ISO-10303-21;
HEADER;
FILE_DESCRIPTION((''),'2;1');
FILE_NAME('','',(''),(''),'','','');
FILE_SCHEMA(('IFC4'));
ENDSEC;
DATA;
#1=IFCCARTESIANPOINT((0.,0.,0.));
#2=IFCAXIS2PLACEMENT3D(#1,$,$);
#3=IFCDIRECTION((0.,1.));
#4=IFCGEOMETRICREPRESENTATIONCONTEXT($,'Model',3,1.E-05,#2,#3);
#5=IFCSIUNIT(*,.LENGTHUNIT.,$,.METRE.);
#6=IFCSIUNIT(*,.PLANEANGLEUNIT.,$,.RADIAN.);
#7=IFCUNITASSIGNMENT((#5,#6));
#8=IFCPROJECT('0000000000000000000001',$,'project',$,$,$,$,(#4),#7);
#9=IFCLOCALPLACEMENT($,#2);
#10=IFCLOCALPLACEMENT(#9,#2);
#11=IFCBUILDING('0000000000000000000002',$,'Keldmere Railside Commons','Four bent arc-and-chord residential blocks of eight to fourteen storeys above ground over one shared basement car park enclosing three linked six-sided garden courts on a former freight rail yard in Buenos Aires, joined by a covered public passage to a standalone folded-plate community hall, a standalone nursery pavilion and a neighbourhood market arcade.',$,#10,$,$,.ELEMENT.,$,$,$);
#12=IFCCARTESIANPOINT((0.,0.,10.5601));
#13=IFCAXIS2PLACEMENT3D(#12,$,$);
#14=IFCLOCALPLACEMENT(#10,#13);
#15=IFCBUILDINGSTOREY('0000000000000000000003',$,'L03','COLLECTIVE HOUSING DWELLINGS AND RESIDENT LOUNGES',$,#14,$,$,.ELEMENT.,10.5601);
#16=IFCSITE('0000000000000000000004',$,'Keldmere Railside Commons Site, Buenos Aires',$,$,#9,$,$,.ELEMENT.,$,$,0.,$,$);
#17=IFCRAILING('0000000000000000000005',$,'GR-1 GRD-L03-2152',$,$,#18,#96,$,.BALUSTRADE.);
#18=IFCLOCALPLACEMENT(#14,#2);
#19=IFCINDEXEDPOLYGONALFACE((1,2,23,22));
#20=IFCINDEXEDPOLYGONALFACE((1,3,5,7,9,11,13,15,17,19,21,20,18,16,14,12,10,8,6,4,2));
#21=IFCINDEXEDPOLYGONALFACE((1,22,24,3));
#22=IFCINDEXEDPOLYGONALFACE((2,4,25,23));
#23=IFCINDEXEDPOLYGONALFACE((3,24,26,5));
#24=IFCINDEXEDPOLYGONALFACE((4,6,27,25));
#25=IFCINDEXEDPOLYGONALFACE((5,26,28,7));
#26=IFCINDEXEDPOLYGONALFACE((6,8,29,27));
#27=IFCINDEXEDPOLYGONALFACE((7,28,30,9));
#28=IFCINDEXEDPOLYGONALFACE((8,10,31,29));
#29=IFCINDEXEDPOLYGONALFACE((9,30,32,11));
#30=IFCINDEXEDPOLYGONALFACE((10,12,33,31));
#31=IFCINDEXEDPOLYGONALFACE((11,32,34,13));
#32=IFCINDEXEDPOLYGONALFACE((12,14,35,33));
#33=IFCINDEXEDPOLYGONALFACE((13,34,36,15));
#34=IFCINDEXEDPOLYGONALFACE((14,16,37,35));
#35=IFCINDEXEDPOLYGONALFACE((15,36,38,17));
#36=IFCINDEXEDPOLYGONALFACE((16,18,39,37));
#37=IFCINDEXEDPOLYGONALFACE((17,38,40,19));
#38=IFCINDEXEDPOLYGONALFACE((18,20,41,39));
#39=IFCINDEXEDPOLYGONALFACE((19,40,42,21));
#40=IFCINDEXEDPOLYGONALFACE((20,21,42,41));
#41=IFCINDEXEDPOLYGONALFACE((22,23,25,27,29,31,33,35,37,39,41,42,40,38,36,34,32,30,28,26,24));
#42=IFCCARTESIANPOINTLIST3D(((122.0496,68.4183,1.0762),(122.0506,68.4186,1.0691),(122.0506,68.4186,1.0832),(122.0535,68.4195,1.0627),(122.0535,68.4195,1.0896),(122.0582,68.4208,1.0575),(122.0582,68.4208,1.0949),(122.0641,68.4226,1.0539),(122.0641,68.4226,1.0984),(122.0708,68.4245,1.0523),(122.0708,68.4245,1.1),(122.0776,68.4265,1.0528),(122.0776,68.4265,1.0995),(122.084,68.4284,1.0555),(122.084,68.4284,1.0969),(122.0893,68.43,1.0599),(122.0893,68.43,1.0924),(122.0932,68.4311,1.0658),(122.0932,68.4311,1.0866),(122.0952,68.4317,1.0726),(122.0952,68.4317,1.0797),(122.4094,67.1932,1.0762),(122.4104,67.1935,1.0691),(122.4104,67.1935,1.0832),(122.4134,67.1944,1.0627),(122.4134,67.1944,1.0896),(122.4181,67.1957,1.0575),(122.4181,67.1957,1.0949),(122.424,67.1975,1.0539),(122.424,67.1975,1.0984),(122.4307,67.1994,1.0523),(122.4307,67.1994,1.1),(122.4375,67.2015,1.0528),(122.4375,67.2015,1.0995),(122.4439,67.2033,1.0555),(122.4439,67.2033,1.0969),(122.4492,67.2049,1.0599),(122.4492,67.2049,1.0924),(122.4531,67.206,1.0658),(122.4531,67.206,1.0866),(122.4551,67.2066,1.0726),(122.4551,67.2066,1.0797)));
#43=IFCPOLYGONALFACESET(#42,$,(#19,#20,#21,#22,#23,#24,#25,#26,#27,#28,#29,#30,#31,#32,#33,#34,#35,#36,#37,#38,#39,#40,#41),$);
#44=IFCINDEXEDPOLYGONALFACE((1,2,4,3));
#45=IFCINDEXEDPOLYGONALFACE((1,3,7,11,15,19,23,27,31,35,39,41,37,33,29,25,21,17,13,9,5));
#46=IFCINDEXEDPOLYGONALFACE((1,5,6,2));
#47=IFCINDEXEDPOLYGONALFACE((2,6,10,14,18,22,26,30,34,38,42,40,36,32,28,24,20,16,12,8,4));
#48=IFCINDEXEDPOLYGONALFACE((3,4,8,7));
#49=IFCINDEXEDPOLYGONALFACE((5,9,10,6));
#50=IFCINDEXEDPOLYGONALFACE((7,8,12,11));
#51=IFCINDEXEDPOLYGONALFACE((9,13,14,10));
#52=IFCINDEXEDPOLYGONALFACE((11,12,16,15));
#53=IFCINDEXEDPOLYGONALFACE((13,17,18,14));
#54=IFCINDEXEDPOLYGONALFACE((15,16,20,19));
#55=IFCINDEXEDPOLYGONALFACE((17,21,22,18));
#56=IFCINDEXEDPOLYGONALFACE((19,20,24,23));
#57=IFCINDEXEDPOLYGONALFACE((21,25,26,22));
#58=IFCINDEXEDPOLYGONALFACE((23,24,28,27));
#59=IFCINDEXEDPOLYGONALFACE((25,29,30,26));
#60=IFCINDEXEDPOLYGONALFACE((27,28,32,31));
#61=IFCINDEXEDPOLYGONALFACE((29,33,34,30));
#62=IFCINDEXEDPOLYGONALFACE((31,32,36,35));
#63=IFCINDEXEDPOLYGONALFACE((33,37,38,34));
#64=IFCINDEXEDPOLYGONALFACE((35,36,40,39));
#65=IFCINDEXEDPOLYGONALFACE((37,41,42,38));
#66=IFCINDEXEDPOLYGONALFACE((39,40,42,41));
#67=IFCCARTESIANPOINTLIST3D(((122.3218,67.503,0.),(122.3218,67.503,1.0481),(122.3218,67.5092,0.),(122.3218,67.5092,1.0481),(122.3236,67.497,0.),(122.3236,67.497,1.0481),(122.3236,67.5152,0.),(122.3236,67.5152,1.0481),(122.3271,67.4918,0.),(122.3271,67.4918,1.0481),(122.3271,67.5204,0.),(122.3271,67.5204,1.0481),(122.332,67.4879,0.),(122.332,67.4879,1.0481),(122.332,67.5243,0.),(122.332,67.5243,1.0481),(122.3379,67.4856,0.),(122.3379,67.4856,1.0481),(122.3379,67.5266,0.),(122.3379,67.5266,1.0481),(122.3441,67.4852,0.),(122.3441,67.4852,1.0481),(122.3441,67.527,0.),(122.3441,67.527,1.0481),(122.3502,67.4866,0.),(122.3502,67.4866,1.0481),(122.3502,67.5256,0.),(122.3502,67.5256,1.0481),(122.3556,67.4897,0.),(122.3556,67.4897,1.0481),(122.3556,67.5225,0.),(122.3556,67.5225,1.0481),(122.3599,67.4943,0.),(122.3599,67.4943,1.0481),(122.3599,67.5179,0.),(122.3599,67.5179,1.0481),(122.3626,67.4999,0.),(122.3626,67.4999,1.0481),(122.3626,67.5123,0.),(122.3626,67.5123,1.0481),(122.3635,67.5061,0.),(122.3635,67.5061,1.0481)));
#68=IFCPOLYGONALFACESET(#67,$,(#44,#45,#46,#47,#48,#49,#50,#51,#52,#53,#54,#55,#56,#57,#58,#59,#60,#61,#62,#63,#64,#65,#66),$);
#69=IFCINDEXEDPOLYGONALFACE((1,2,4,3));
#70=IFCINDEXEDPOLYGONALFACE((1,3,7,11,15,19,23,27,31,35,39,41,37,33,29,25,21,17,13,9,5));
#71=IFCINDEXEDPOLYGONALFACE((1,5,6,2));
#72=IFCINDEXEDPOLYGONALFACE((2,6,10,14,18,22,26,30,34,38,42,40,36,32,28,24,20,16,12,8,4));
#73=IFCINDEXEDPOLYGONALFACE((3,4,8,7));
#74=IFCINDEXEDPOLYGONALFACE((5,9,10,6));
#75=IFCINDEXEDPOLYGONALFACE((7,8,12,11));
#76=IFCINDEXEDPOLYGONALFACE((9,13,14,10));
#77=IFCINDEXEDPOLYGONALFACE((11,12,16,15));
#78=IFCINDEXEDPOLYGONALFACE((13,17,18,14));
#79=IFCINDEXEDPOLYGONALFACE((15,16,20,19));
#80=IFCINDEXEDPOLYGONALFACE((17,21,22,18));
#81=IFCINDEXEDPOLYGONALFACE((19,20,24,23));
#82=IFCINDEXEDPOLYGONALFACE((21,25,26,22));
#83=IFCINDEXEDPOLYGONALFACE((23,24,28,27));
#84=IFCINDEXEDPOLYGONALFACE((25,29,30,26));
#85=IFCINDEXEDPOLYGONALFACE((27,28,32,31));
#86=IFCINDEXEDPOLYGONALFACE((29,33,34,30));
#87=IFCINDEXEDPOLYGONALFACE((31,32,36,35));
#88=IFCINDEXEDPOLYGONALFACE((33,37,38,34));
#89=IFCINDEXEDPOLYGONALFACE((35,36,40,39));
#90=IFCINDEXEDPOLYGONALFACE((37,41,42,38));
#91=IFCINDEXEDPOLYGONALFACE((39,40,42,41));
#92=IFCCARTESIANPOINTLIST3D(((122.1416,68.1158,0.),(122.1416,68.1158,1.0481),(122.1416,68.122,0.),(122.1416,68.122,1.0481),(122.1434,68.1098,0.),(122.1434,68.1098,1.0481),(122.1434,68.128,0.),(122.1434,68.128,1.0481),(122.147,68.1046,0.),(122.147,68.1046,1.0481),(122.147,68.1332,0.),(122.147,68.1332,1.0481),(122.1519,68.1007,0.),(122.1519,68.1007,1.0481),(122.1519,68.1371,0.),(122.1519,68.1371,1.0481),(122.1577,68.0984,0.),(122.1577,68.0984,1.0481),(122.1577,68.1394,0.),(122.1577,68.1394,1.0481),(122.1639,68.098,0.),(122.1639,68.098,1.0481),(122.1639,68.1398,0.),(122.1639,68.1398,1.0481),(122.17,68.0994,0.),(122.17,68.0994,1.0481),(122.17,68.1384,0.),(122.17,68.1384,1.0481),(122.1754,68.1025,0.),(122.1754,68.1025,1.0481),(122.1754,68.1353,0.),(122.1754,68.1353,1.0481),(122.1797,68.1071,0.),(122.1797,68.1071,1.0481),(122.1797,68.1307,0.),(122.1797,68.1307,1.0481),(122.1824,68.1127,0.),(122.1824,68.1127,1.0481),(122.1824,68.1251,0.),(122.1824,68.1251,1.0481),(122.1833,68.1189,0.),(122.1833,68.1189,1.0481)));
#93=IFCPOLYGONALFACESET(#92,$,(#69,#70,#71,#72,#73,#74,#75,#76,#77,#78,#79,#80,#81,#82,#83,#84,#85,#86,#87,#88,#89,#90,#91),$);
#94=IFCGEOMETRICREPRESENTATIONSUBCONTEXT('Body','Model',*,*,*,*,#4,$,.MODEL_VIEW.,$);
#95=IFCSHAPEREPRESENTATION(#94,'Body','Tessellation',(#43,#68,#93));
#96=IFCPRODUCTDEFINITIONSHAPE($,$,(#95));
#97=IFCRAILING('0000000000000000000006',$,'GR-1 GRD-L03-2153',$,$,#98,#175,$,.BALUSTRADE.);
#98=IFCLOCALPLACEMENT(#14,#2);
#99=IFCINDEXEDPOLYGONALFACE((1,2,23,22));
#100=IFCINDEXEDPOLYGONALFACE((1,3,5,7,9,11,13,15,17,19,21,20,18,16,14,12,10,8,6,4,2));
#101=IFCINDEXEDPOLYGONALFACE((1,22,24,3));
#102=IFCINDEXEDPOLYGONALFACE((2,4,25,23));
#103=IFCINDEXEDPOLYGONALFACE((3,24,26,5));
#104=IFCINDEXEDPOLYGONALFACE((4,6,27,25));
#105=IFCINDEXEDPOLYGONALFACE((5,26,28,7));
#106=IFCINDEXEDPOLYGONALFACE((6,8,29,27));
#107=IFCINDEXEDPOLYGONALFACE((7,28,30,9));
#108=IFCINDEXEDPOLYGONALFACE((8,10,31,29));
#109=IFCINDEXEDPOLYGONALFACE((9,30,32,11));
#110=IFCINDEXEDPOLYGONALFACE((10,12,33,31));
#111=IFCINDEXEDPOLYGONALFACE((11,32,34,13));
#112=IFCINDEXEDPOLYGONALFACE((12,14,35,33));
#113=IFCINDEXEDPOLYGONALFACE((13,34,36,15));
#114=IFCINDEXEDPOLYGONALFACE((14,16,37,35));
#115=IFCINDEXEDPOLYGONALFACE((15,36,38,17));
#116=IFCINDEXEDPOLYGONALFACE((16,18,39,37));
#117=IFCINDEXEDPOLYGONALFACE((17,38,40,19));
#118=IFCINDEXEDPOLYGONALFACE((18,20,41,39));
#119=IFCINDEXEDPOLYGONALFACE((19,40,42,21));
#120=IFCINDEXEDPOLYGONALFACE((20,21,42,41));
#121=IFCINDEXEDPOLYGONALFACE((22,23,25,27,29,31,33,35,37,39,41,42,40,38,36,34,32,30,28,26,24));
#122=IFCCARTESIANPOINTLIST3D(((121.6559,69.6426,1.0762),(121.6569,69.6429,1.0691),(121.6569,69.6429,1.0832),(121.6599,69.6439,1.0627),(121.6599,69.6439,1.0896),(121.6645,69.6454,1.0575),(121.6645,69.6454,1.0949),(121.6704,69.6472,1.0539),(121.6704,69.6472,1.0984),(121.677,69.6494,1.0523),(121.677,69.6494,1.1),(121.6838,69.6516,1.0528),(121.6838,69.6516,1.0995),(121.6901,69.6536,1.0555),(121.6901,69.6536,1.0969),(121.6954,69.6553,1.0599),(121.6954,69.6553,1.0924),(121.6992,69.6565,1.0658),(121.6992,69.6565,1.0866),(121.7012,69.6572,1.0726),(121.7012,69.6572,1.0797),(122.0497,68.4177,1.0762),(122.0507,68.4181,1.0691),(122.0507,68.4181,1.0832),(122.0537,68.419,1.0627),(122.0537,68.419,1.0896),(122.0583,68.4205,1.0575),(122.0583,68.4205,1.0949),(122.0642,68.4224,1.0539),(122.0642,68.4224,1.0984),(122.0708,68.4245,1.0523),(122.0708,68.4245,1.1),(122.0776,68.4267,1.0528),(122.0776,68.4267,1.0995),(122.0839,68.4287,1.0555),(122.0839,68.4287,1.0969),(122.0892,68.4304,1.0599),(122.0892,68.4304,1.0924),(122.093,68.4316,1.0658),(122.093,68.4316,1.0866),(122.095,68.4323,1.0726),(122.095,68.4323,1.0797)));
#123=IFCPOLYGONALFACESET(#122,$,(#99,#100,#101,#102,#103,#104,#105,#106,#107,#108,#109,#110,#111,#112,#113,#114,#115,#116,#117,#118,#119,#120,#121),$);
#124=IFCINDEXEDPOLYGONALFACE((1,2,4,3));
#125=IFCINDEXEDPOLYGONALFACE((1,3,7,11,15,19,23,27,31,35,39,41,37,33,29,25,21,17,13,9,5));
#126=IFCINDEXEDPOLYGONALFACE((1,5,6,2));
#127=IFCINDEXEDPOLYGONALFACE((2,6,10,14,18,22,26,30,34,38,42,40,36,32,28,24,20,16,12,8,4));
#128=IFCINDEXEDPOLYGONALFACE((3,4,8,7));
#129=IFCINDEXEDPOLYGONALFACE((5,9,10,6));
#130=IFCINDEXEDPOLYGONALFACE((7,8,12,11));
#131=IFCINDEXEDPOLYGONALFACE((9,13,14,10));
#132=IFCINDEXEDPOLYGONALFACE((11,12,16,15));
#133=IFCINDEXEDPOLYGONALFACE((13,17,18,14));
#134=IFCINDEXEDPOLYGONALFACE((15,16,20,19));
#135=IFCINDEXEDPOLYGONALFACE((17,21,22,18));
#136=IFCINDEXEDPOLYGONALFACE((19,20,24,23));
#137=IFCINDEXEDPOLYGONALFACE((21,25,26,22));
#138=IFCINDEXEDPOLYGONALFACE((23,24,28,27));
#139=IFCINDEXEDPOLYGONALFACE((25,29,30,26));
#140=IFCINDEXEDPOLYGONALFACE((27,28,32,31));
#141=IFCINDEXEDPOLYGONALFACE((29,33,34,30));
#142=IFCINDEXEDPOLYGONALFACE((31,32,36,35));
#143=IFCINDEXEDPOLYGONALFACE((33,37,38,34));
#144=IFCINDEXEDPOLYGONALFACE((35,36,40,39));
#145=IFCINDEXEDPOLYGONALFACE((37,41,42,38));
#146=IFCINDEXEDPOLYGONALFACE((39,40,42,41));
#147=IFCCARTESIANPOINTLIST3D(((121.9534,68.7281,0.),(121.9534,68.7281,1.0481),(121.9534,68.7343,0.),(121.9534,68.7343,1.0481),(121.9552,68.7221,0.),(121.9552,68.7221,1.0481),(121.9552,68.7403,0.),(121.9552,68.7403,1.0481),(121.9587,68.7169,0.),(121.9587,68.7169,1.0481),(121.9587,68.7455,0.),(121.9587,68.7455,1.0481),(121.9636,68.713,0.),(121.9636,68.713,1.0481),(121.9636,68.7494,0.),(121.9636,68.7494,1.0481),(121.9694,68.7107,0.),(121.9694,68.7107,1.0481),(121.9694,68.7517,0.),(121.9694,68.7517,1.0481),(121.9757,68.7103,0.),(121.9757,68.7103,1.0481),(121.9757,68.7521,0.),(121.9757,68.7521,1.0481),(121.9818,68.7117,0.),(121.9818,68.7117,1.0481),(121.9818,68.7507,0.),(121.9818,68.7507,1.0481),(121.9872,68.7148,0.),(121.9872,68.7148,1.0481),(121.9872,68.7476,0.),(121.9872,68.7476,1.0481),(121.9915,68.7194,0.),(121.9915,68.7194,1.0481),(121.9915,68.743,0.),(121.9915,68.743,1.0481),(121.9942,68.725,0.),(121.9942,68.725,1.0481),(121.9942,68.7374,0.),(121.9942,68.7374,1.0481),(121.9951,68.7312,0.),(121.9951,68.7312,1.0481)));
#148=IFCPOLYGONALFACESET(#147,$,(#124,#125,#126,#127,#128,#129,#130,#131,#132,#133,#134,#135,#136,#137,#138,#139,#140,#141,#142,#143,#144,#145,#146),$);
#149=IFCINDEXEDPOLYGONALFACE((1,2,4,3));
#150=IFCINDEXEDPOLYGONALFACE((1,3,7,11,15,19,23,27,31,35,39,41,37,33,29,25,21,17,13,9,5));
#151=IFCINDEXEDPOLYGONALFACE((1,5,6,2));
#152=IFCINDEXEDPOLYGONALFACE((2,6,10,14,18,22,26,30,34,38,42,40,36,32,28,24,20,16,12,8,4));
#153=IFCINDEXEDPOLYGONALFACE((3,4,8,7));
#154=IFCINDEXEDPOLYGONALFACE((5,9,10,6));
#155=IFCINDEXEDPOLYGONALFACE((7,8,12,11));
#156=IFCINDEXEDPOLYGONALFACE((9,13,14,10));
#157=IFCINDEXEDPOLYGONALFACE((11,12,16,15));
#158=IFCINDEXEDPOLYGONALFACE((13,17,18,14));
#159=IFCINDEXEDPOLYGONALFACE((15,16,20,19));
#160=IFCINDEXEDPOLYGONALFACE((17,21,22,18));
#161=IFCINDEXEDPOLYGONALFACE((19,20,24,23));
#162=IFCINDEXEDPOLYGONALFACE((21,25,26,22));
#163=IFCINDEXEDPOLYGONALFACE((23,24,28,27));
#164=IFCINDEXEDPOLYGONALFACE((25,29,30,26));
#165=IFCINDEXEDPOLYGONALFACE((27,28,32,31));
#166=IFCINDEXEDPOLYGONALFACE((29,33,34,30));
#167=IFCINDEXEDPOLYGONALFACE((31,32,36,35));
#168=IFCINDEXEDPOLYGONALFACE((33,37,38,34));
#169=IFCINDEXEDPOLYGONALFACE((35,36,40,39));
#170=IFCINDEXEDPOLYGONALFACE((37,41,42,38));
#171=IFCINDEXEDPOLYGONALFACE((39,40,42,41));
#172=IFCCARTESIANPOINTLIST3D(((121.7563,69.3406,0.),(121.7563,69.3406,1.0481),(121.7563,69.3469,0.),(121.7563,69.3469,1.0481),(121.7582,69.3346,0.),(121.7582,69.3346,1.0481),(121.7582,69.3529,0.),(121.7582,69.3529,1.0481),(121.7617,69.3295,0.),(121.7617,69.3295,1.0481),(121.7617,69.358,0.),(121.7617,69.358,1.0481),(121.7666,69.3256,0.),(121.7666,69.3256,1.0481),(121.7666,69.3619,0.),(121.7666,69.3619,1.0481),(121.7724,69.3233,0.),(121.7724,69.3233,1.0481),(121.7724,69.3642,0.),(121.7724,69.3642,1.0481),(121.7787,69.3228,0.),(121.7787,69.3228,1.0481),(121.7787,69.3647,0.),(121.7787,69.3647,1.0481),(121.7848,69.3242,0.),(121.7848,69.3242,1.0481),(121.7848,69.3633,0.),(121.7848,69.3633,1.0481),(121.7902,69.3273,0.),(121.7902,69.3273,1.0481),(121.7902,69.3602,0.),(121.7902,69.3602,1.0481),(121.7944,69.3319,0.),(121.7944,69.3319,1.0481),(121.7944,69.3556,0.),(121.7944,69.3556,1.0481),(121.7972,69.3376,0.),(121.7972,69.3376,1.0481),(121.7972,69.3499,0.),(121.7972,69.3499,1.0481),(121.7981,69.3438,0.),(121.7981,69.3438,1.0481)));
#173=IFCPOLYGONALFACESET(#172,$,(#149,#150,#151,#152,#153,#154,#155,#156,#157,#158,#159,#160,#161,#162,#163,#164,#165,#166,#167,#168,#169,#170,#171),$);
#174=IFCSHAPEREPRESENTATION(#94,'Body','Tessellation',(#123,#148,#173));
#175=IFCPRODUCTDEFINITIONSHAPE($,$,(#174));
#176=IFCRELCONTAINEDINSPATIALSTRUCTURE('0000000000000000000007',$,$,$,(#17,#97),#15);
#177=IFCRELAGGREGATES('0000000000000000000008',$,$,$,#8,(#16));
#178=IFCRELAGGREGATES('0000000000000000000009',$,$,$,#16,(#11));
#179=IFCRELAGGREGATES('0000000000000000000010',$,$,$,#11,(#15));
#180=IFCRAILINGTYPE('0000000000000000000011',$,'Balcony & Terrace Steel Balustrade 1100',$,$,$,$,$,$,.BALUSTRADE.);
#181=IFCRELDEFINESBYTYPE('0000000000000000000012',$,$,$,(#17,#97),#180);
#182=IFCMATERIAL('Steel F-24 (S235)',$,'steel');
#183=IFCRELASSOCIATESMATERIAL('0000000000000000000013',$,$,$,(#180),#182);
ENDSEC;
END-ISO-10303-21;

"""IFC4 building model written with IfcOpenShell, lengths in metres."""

from ifc_helpers import new_model, si_unit, direction, frame, origin, origin_2d, place, context, subcontext, project, spatial, circle, extrude, material, type_object, element, save


model = new_model("IFC4")

# Units and contexts
model_context = context("Model", 3, precision=1e-05, world=origin(), true_north=direction((0.0, 1.0)))
body_context = subcontext(model_context, "Body", "Model", "MODEL_VIEW")
ifc_project = project(units=[si_unit("LENGTHUNIT", "METRE"), si_unit("PLANEANGLEUNIT", "RADIAN")], contexts=[model_context])

# Site, building, storey
site_placement = place(None, origin())
site = spatial("IfcSite", under=ifc_project, at=site_placement, Name="Keldmere Railside Commons Site, Buenos Aires", CompositionType="ELEMENT", RefElevation=0.0)
building_placement = place(site_placement, origin())
building = spatial("IfcBuilding", under=site, at=building_placement, Name="Keldmere Railside Commons", Description="Four bent arc-and-chord residential blocks of eight to fourteen storeys above ground over one shared basement car park enclosing three linked six-sided garden courts on a former freight rail yard in Buenos Aires, joined by a covered public passage to a standalone folded-plate community hall, a standalone nursery pavilion and a neighbourhood market arcade.", CompositionType="ELEMENT")
storey_placement = place(building_placement, frame((0.0, 0.0, 10.5601)))
storey = spatial("IfcBuildingStorey", under=building, at=storey_placement, Name="L03", Description="COLLECTIVE HOUSING DWELLINGS AND RESIDENT LOUNGES", CompositionType="ELEMENT", Elevation=10.5601)

# Railings
ifc_material_1 = material(Name="Steel F-24 (S235)", Category="steel")
railing_type = type_object("IfcRailingType", Name="Balcony & Terrace Steel Balustrade 1100", PredefinedType="BALUSTRADE", material=ifc_material_1)
railing_1_placement = place(storey_placement, frame((122.4324, 67.2, 0.0)))
element("IfcRailing", 1, at=railing_1_placement, inside=storey, type_object=railing_type, Name="GR-1 GRD-L03-2152", PredefinedType="BALUSTRADE", context=body_context, shape_type="SweptSolid", body=[
    extrude(circle(Radius=0.0239, at=origin_2d()), frame((0.0, 0.0, 1.0762), z_axis=(-0.281835, 0.959463, 0.0), x_axis=(-0.959463, -0.281835, 0.0)), (0.0, 0.0, 1.0), 1.2769),
    extrude(circle(Radius=0.021, at=origin_2d()), frame((-0.0898, 0.3062, 0.0)), (0.0, 0.0, 1.0), 1.0481),
    extrude(circle(Radius=0.021, at=origin_2d()), frame((-0.27, 0.9189, 0.0)), (0.0, 0.0, 1.0), 1.0481),
])
railing_2_placement = place(storey_placement, frame((122.0725, 68.425, 0.0)))
element("IfcRailing", 2, at=railing_2_placement, inside=storey, type_object=railing_type, Name="GR-1 GRD-L03-2153", PredefinedType="BALUSTRADE", context=body_context, shape_type="SweptSolid", body=[
    extrude(circle(Radius=0.0239, at=origin_2d()), frame((0.0, 0.0, 1.0762), z_axis=(-0.306077, 0.952007, 0.0), x_axis=(-0.952007, -0.306077, 0.0)), (0.0, 0.0, 1.0), 1.2866),
    extrude(circle(Radius=0.021, at=origin_2d()), frame((-0.0984, 0.3062, 0.0)), (0.0, 0.0, 1.0), 1.0481),
    extrude(circle(Radius=0.021, at=origin_2d()), frame((-0.2954, 0.9187, 0.0)), (0.0, 0.0, 1.0), 1.0481),
])

save(model, "model.ifc")
